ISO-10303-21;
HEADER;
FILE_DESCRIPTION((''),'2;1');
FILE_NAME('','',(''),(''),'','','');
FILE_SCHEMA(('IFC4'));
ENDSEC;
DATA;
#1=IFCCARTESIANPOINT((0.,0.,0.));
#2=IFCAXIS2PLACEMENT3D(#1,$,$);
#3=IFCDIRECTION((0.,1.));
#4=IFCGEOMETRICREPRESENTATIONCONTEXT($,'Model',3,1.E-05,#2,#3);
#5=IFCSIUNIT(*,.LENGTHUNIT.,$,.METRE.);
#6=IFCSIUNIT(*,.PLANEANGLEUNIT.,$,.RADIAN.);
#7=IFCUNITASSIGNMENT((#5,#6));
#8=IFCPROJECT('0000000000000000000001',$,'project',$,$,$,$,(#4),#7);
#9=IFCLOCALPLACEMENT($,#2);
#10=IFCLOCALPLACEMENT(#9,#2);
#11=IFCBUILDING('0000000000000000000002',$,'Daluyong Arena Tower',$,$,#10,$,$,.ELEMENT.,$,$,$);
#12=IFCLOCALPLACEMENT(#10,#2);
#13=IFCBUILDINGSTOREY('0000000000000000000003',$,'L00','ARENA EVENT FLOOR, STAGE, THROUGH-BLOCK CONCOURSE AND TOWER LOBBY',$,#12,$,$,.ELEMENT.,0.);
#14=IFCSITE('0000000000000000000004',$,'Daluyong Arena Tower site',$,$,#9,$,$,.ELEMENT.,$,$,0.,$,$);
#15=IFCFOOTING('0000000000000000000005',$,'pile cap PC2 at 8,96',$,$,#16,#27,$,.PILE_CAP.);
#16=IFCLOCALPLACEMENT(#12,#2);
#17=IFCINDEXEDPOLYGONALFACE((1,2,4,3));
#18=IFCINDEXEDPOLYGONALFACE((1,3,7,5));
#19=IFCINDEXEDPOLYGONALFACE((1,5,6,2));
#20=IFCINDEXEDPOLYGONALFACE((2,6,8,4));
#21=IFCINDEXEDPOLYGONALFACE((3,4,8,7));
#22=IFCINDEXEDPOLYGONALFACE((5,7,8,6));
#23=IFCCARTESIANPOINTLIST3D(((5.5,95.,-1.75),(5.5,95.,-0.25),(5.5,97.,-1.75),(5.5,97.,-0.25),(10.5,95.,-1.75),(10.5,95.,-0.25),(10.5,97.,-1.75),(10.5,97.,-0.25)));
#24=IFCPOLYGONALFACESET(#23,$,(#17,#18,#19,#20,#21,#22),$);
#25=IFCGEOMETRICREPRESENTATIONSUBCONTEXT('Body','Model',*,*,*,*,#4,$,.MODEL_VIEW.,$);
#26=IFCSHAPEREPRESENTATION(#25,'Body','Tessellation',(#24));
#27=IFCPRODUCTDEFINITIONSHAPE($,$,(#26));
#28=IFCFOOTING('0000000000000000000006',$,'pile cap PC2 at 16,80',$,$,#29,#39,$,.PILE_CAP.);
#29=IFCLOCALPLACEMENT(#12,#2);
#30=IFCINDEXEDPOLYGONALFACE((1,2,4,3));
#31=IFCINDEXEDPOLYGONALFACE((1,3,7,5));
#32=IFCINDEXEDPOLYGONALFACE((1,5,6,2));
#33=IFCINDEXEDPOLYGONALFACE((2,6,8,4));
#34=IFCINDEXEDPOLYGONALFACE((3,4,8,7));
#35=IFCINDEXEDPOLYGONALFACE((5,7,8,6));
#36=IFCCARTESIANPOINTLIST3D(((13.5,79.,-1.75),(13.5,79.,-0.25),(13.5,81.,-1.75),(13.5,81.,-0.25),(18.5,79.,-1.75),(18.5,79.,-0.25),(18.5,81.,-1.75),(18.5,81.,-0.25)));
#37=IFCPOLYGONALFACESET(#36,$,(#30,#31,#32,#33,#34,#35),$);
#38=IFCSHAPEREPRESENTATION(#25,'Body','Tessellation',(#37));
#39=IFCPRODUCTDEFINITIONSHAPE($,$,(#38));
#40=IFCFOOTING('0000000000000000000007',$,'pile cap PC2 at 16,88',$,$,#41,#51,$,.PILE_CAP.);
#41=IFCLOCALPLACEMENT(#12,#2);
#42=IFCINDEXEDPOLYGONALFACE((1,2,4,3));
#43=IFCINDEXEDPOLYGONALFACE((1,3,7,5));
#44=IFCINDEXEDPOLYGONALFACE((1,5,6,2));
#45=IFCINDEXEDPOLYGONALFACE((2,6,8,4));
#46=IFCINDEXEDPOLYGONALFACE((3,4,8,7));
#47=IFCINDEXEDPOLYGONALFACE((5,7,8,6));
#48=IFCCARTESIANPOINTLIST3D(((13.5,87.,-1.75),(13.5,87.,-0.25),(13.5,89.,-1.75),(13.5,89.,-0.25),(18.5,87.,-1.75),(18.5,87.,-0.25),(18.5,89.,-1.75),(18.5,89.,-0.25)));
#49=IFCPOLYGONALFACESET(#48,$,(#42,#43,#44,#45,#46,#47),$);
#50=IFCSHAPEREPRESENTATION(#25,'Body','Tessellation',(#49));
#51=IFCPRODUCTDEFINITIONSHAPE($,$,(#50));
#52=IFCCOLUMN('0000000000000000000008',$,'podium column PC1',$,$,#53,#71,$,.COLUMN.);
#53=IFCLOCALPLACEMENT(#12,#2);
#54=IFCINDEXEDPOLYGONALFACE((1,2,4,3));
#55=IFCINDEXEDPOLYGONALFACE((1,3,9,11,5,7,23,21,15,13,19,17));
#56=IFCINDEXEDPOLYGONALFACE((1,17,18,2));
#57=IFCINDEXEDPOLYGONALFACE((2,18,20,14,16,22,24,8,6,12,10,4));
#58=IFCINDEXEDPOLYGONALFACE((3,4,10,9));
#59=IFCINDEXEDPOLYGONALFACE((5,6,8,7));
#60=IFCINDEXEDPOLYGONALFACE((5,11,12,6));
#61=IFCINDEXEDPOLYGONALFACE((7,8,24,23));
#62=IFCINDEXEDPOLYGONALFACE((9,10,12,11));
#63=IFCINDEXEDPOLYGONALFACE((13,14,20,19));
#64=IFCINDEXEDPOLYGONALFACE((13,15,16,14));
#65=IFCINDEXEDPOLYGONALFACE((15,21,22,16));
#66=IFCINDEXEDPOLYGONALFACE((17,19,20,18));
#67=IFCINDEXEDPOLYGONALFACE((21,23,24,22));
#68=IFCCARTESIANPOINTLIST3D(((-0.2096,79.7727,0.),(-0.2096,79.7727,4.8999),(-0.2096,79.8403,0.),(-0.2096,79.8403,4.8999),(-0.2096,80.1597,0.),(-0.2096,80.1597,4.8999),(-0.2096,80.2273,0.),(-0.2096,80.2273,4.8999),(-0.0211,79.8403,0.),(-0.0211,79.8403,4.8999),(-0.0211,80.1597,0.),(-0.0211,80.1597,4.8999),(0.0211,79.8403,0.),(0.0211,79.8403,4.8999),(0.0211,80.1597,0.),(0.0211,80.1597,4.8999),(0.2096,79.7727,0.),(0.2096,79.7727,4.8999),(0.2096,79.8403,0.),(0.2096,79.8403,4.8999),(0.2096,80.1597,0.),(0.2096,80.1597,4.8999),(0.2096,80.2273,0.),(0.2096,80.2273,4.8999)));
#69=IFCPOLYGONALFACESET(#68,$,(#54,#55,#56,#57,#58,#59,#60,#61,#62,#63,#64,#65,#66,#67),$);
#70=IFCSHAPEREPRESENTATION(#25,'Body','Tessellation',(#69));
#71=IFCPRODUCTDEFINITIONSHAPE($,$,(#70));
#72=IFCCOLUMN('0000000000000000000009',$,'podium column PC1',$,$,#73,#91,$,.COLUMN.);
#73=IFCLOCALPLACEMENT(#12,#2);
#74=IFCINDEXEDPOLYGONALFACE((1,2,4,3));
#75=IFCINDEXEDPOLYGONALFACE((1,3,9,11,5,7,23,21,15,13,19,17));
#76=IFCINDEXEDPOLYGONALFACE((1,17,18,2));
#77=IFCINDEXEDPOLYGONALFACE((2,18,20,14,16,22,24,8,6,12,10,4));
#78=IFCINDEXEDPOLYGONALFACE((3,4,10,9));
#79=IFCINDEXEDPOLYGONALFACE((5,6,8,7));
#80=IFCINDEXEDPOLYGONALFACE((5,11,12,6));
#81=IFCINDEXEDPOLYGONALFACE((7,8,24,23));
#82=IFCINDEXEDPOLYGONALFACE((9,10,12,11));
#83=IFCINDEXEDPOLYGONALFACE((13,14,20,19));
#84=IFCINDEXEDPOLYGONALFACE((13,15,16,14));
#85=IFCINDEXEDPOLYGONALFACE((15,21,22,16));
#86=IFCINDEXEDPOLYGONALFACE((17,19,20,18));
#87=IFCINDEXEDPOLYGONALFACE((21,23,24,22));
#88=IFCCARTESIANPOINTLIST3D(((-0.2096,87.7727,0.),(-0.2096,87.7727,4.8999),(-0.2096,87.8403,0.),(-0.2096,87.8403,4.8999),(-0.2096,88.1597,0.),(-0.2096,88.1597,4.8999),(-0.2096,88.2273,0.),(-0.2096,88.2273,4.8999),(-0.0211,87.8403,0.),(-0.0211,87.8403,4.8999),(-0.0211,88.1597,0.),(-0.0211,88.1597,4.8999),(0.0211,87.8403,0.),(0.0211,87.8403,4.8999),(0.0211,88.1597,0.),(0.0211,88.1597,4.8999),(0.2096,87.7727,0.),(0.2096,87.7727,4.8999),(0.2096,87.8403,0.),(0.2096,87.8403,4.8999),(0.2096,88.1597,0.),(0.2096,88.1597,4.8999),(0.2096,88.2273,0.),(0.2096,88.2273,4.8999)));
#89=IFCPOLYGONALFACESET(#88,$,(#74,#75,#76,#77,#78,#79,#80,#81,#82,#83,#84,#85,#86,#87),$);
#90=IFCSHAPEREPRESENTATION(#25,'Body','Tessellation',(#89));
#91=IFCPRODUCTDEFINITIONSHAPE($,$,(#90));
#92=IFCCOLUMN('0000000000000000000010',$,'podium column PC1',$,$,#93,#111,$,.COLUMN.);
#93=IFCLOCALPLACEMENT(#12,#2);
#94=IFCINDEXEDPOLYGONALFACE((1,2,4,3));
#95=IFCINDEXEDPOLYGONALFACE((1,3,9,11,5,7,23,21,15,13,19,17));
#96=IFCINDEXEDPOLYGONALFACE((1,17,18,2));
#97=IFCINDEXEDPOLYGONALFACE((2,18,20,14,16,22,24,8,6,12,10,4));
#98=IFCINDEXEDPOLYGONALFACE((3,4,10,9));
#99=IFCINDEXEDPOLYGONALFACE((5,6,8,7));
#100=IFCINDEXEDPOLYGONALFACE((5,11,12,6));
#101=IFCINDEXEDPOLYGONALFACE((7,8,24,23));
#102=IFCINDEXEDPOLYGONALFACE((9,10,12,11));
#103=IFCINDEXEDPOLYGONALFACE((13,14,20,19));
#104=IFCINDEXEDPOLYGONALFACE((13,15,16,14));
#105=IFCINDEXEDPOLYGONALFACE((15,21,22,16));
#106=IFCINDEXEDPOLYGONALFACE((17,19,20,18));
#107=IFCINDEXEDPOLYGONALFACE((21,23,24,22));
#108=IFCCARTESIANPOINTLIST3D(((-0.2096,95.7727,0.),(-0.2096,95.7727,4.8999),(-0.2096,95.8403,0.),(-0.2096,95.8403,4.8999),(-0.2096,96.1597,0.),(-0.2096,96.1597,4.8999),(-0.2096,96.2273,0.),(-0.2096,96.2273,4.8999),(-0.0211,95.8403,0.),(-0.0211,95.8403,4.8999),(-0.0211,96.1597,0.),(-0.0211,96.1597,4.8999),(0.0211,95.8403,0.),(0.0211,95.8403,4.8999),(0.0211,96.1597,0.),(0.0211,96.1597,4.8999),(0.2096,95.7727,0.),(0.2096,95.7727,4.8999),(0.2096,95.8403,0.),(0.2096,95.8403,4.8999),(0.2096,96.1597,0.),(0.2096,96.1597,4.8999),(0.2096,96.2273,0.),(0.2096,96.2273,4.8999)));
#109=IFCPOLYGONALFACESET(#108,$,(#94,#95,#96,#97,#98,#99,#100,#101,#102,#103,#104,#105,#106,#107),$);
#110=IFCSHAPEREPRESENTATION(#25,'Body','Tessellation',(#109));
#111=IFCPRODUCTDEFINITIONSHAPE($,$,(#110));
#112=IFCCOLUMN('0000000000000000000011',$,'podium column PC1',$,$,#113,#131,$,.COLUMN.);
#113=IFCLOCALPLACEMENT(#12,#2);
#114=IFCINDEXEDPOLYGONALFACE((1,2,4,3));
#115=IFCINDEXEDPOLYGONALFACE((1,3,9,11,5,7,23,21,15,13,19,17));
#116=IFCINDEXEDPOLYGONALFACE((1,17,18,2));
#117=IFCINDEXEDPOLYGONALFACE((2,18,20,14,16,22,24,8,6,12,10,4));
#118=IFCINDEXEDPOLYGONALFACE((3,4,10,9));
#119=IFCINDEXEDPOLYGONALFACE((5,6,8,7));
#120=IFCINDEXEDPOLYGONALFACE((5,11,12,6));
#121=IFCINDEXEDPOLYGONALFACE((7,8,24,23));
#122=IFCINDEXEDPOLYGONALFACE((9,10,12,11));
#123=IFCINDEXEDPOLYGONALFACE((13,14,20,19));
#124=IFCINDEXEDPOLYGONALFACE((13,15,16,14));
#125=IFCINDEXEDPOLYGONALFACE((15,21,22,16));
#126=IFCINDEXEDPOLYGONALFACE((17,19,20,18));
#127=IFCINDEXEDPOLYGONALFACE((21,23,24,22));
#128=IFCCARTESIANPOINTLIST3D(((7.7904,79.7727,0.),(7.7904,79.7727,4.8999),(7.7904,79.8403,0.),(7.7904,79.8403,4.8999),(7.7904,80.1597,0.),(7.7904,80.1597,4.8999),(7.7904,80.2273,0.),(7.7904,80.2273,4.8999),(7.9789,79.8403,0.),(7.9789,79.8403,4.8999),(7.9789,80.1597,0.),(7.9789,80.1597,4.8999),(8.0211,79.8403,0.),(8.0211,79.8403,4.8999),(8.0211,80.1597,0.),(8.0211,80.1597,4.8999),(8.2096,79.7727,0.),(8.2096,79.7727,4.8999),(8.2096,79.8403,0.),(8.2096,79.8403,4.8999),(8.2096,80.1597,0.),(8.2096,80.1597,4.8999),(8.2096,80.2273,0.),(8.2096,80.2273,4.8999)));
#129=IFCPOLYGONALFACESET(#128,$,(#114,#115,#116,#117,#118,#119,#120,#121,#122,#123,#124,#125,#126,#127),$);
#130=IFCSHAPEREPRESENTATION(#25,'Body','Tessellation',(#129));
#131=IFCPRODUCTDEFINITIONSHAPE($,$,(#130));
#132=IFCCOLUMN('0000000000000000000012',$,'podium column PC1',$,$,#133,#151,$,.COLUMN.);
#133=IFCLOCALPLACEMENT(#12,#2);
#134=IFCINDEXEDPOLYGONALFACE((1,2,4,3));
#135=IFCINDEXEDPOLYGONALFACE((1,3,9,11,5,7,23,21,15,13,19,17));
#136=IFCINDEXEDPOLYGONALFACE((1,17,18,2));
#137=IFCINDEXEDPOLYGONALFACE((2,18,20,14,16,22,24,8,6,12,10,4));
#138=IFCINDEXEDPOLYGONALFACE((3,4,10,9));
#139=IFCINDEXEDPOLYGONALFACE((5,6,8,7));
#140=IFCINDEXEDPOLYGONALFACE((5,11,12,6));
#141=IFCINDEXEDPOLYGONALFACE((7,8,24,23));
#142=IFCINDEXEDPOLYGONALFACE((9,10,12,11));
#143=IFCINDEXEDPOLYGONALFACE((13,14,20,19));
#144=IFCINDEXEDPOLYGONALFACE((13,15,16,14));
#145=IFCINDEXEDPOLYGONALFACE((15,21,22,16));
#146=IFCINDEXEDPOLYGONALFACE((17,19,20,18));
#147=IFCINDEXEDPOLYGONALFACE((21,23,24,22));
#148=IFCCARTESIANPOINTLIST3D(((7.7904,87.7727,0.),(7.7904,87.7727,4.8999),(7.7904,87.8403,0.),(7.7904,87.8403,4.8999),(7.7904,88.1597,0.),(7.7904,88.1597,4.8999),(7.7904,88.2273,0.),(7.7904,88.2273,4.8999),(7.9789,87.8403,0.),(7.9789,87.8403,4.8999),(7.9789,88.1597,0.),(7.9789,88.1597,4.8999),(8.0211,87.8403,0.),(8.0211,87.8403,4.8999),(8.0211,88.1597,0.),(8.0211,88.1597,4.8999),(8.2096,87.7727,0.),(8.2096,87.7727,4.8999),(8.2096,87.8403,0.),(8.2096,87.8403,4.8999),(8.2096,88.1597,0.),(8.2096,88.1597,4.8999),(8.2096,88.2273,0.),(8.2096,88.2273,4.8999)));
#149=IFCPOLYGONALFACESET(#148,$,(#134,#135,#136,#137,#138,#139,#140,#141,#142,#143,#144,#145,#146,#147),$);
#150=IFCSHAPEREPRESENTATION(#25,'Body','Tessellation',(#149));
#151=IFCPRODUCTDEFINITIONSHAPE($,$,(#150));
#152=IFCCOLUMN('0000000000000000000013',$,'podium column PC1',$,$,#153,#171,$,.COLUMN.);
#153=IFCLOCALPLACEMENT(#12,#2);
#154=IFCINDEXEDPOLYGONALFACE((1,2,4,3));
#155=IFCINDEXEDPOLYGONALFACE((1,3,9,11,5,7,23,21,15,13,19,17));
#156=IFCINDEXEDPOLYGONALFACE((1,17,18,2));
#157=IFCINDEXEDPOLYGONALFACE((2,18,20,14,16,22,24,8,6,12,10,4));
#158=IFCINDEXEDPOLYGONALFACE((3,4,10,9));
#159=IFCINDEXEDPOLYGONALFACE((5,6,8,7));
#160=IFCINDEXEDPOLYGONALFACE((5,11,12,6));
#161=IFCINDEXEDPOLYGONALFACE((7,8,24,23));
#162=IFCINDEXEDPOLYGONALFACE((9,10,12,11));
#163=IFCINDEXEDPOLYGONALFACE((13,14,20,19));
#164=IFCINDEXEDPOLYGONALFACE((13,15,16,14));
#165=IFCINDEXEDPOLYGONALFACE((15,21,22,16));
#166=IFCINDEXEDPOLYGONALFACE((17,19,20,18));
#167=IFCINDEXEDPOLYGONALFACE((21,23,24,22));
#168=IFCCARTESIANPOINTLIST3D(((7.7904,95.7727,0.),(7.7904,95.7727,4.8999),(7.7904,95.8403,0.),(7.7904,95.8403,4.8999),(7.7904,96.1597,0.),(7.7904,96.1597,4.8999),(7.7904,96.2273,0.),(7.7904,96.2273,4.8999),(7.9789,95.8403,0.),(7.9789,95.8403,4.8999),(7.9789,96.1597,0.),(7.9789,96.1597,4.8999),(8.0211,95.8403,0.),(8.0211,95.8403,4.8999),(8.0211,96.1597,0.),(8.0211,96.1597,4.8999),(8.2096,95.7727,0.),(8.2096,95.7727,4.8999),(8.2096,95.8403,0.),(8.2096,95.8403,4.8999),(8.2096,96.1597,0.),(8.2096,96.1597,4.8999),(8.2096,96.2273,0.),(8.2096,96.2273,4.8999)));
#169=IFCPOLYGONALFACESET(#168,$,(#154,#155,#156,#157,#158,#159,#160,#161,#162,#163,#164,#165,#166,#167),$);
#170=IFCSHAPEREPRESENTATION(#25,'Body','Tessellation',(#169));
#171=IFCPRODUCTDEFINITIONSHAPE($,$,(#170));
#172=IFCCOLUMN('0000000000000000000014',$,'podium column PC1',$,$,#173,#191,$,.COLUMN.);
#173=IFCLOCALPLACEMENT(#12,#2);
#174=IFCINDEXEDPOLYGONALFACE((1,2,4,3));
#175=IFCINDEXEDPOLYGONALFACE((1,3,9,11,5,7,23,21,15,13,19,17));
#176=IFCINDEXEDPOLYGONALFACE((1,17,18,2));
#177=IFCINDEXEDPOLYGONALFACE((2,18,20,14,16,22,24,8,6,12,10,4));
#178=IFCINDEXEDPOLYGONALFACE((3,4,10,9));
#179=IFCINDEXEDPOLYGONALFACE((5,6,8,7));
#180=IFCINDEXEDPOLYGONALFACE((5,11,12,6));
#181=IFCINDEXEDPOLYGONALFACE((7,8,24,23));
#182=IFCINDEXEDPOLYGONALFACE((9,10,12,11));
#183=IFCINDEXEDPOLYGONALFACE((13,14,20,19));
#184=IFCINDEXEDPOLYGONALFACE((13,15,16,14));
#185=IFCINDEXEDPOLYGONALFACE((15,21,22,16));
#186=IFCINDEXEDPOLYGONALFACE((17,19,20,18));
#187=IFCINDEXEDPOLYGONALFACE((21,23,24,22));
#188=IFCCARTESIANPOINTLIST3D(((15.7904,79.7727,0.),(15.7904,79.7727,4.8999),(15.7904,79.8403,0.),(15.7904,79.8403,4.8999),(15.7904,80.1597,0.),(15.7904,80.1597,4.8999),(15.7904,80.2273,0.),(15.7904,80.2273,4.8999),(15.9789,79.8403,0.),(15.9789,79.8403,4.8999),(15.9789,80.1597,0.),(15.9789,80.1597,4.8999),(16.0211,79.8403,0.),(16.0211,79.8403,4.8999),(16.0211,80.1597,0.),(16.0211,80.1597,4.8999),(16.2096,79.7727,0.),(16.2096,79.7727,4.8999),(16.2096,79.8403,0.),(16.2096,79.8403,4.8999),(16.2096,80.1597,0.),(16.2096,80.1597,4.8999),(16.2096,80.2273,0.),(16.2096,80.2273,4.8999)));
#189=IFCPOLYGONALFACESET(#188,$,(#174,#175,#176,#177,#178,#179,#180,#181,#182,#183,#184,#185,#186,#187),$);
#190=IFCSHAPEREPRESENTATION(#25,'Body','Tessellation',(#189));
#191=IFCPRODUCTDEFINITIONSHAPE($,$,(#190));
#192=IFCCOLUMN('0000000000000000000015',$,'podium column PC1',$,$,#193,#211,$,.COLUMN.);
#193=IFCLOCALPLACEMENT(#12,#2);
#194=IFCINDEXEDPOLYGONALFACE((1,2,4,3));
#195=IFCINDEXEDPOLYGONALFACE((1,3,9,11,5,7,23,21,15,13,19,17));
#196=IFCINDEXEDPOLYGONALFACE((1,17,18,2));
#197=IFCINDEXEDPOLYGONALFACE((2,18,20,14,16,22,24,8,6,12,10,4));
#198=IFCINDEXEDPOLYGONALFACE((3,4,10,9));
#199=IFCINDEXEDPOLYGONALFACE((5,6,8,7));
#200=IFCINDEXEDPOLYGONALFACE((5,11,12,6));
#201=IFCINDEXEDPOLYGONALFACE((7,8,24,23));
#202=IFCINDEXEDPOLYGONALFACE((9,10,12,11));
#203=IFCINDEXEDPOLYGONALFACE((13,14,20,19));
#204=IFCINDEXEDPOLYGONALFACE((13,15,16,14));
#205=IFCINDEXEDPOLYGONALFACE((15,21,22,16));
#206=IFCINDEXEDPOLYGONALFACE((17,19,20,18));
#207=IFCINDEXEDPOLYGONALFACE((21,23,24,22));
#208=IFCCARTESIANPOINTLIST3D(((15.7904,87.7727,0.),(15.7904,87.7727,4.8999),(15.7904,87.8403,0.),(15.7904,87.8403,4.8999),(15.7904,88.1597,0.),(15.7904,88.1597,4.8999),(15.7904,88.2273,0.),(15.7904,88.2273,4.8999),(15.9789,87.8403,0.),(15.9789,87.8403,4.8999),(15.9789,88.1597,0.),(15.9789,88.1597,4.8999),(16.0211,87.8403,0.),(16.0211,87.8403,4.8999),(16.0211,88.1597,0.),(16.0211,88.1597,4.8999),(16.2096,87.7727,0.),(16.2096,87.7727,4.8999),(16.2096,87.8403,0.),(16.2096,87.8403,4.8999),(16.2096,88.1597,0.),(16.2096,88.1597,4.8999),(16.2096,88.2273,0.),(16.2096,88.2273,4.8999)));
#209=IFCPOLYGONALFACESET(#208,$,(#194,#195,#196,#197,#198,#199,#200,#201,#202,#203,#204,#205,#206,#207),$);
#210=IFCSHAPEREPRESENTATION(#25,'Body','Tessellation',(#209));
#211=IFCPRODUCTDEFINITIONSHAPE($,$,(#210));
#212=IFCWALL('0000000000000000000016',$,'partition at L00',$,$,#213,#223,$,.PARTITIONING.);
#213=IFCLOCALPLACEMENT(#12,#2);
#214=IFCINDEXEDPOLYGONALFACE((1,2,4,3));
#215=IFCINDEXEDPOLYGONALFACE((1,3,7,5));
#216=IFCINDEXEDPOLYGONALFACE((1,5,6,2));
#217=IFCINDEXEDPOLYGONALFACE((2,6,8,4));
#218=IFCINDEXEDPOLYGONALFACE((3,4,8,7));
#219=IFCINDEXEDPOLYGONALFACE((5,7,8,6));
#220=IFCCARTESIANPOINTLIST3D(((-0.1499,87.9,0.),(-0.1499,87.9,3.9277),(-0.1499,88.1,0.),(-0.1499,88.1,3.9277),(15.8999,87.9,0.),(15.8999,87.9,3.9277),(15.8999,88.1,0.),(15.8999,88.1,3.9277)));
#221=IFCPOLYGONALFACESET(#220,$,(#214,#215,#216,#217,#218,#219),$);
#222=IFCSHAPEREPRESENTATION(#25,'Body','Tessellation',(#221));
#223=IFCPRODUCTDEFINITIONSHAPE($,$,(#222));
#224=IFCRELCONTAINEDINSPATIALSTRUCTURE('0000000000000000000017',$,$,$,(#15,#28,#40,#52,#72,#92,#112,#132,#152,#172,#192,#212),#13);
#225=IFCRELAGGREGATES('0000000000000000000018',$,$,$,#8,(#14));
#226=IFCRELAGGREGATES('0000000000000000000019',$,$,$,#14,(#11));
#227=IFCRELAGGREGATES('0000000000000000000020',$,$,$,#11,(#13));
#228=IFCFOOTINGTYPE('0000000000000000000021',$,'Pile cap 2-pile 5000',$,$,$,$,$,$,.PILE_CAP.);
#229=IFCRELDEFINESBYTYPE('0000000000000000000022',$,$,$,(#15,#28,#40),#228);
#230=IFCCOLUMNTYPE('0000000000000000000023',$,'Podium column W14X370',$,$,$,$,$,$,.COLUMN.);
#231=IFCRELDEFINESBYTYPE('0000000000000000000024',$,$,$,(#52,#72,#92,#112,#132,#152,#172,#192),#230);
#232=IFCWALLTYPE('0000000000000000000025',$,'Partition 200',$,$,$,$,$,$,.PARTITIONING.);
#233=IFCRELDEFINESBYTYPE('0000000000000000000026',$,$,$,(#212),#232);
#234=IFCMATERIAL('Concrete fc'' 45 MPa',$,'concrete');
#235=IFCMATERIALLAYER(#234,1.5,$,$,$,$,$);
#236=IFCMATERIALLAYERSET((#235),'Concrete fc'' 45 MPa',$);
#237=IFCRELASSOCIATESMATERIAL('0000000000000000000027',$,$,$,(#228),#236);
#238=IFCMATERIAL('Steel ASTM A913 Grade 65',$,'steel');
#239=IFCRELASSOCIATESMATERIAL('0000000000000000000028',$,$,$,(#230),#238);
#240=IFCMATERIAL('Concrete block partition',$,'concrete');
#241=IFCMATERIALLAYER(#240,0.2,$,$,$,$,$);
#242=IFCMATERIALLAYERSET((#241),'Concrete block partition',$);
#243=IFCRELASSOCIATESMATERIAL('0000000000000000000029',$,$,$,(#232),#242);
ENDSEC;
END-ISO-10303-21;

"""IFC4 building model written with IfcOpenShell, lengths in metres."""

from ifc_helpers import new_model, si_unit, direction, frame, frame_2d, origin, origin_2d, place, context, subcontext, project, spatial, rectangle, i_section, extrude, material, layer, layer_set, material_profile, profile_set, type_object, element, save


model = new_model("IFC4")

# Units and contexts
model_context = context("Model", 3, precision=1e-05, world=origin(), true_north=direction((0.0, 1.0)))
body_context = subcontext(model_context, "Body", "Model", "MODEL_VIEW")
ifc_project = project(units=[si_unit("LENGTHUNIT", "METRE"), si_unit("PLANEANGLEUNIT", "RADIAN")], contexts=[model_context])

# Site, building, storey
site_placement = place(None, origin())
site = spatial("IfcSite", under=ifc_project, at=site_placement, Name="Daluyong Arena Tower site", CompositionType="ELEMENT", RefElevation=0.0)
building_placement = place(site_placement, origin())
building = spatial("IfcBuilding", under=site, at=building_placement, Name="Daluyong Arena Tower", CompositionType="ELEMENT")
storey_placement = place(building_placement, origin())
storey = spatial("IfcBuildingStorey", under=building, at=storey_placement, Name="L00", Description="ARENA EVENT FLOOR, STAGE, THROUGH-BLOCK CONCOURSE AND TOWER LOBBY", CompositionType="ELEMENT", Elevation=0.0)

# Footings
ifc_material_1 = material(Name="Concrete fc' 45 MPa", Category="concrete")
ifc_layer_1 = layer(ifc_material_1, 1.5)
ifc_layer_set_1 = layer_set([ifc_layer_1], Name="Concrete fc' 45 MPa")
footing_type = type_object("IfcFootingType", Name="Pile cap 2-pile 5000", PredefinedType="PILE_CAP", material=ifc_layer_set_1)
for number, where, z_axis, x_axis, name in (
    (1, (8.0, 96.0, -1.75), (0.0, 0.0, 1.0), (1.0, 0.0, 0.0), "pile cap PC2 at 8,96"),
    (2, (16.0, 80.0, -1.75), (0.0, 0.0, 1.0), (1.0, 0.0, 0.0), "pile cap PC2 at 16,80"),
    (3, (16.0, 88.0, -1.75), (0.0, 0.0, 1.0), (1.0, 0.0, 0.0), "pile cap PC2 at 16,88"),
):
    element("IfcFooting", number, at=place(storey_placement, frame(where, z_axis=z_axis, x_axis=x_axis)), inside=storey, type_object=footing_type, Name=name, PredefinedType="PILE_CAP", context=body_context, shape_type="SweptSolid", body=[
        extrude(rectangle(XDim=5.0, YDim=2.0, at=origin_2d()), origin(), (0.0, 0.0, 1.0), 1.5),
    ])

# Columns
ifc_material_2 = material(Name="Steel ASTM A913 Grade 65", Category="steel")
ifc_material_profile = material_profile(ifc_material_2, i_section(OverallWidth=0.4192, OverallDepth=0.4546, WebThickness=0.0422, FlangeThickness=0.0676, at=origin_2d()))
ifc_profile_set = profile_set([ifc_material_profile], Name="Steel ASTM A913 Grade 65")
column_type = type_object("IfcColumnType", Name="Podium column W14X370", PredefinedType="COLUMN", material=ifc_profile_set)
for number, where, z_axis, x_axis, name in (
    (4, (0.0, 80.0, 0.0), (0.0, 0.0, 1.0), (1.0, 0.0, 0.0), "podium column PC1"),
    (5, (0.0, 88.0, 0.0), (0.0, 0.0, 1.0), (1.0, 0.0, 0.0), "podium column PC1"),
    (6, (0.0, 96.0, 0.0), (0.0, 0.0, 1.0), (1.0, 0.0, 0.0), "podium column PC1"),
    (7, (8.0, 80.0, 0.0), (0.0, 0.0, 1.0), (1.0, 0.0, 0.0), "podium column PC1"),
    (8, (8.0, 88.0, 0.0), (0.0, 0.0, 1.0), (1.0, 0.0, 0.0), "podium column PC1"),
    (9, (8.0, 96.0, 0.0), (0.0, 0.0, 1.0), (1.0, 0.0, 0.0), "podium column PC1"),
    (10, (16.0, 80.0, 0.0), (0.0, 0.0, 1.0), (1.0, 0.0, 0.0), "podium column PC1"),
    (11, (16.0, 88.0, 0.0), (0.0, 0.0, 1.0), (1.0, 0.0, 0.0), "podium column PC1"),
):
    element("IfcColumn", number, at=place(storey_placement, frame(where, z_axis=z_axis, x_axis=x_axis)), inside=storey, type_object=column_type, Name=name, PredefinedType="COLUMN", context=body_context, shape_type="SweptSolid", body=[
        extrude(i_section(OverallWidth=0.4192, OverallDepth=0.4546, WebThickness=0.0422, FlangeThickness=0.0676, at=origin_2d()), origin(), (0.0, 0.0, 1.0), 4.8999),
    ])

# Wall
ifc_material_3 = material(Name="Concrete block partition", Category="concrete")
ifc_layer_2 = layer(ifc_material_3, 0.2)
ifc_layer_set_2 = layer_set([ifc_layer_2], Name="Concrete block partition")
wall_type_1 = type_object("IfcWallType", Name="Partition 200", PredefinedType="PARTITIONING", material=ifc_layer_set_2)
wall_1_placement = place(storey_placement, frame((-0.1499, 88.0, 0.0), z_axis=(0.0, 0.0, 1.0), x_axis=(1.0, 0.0, 0.0)))
element("IfcWall", 12, at=wall_1_placement, inside=storey, type_object=wall_type_1, Name="partition at L00", PredefinedType="PARTITIONING", context=body_context, shape_type="SweptSolid", body=[
    extrude(rectangle(XDim=16.0498, YDim=0.2, at=frame_2d((8.0249, 0.0))), origin(), (0.0, 0.0, 1.0), 3.9277),
])

save(model, "model.ifc")
